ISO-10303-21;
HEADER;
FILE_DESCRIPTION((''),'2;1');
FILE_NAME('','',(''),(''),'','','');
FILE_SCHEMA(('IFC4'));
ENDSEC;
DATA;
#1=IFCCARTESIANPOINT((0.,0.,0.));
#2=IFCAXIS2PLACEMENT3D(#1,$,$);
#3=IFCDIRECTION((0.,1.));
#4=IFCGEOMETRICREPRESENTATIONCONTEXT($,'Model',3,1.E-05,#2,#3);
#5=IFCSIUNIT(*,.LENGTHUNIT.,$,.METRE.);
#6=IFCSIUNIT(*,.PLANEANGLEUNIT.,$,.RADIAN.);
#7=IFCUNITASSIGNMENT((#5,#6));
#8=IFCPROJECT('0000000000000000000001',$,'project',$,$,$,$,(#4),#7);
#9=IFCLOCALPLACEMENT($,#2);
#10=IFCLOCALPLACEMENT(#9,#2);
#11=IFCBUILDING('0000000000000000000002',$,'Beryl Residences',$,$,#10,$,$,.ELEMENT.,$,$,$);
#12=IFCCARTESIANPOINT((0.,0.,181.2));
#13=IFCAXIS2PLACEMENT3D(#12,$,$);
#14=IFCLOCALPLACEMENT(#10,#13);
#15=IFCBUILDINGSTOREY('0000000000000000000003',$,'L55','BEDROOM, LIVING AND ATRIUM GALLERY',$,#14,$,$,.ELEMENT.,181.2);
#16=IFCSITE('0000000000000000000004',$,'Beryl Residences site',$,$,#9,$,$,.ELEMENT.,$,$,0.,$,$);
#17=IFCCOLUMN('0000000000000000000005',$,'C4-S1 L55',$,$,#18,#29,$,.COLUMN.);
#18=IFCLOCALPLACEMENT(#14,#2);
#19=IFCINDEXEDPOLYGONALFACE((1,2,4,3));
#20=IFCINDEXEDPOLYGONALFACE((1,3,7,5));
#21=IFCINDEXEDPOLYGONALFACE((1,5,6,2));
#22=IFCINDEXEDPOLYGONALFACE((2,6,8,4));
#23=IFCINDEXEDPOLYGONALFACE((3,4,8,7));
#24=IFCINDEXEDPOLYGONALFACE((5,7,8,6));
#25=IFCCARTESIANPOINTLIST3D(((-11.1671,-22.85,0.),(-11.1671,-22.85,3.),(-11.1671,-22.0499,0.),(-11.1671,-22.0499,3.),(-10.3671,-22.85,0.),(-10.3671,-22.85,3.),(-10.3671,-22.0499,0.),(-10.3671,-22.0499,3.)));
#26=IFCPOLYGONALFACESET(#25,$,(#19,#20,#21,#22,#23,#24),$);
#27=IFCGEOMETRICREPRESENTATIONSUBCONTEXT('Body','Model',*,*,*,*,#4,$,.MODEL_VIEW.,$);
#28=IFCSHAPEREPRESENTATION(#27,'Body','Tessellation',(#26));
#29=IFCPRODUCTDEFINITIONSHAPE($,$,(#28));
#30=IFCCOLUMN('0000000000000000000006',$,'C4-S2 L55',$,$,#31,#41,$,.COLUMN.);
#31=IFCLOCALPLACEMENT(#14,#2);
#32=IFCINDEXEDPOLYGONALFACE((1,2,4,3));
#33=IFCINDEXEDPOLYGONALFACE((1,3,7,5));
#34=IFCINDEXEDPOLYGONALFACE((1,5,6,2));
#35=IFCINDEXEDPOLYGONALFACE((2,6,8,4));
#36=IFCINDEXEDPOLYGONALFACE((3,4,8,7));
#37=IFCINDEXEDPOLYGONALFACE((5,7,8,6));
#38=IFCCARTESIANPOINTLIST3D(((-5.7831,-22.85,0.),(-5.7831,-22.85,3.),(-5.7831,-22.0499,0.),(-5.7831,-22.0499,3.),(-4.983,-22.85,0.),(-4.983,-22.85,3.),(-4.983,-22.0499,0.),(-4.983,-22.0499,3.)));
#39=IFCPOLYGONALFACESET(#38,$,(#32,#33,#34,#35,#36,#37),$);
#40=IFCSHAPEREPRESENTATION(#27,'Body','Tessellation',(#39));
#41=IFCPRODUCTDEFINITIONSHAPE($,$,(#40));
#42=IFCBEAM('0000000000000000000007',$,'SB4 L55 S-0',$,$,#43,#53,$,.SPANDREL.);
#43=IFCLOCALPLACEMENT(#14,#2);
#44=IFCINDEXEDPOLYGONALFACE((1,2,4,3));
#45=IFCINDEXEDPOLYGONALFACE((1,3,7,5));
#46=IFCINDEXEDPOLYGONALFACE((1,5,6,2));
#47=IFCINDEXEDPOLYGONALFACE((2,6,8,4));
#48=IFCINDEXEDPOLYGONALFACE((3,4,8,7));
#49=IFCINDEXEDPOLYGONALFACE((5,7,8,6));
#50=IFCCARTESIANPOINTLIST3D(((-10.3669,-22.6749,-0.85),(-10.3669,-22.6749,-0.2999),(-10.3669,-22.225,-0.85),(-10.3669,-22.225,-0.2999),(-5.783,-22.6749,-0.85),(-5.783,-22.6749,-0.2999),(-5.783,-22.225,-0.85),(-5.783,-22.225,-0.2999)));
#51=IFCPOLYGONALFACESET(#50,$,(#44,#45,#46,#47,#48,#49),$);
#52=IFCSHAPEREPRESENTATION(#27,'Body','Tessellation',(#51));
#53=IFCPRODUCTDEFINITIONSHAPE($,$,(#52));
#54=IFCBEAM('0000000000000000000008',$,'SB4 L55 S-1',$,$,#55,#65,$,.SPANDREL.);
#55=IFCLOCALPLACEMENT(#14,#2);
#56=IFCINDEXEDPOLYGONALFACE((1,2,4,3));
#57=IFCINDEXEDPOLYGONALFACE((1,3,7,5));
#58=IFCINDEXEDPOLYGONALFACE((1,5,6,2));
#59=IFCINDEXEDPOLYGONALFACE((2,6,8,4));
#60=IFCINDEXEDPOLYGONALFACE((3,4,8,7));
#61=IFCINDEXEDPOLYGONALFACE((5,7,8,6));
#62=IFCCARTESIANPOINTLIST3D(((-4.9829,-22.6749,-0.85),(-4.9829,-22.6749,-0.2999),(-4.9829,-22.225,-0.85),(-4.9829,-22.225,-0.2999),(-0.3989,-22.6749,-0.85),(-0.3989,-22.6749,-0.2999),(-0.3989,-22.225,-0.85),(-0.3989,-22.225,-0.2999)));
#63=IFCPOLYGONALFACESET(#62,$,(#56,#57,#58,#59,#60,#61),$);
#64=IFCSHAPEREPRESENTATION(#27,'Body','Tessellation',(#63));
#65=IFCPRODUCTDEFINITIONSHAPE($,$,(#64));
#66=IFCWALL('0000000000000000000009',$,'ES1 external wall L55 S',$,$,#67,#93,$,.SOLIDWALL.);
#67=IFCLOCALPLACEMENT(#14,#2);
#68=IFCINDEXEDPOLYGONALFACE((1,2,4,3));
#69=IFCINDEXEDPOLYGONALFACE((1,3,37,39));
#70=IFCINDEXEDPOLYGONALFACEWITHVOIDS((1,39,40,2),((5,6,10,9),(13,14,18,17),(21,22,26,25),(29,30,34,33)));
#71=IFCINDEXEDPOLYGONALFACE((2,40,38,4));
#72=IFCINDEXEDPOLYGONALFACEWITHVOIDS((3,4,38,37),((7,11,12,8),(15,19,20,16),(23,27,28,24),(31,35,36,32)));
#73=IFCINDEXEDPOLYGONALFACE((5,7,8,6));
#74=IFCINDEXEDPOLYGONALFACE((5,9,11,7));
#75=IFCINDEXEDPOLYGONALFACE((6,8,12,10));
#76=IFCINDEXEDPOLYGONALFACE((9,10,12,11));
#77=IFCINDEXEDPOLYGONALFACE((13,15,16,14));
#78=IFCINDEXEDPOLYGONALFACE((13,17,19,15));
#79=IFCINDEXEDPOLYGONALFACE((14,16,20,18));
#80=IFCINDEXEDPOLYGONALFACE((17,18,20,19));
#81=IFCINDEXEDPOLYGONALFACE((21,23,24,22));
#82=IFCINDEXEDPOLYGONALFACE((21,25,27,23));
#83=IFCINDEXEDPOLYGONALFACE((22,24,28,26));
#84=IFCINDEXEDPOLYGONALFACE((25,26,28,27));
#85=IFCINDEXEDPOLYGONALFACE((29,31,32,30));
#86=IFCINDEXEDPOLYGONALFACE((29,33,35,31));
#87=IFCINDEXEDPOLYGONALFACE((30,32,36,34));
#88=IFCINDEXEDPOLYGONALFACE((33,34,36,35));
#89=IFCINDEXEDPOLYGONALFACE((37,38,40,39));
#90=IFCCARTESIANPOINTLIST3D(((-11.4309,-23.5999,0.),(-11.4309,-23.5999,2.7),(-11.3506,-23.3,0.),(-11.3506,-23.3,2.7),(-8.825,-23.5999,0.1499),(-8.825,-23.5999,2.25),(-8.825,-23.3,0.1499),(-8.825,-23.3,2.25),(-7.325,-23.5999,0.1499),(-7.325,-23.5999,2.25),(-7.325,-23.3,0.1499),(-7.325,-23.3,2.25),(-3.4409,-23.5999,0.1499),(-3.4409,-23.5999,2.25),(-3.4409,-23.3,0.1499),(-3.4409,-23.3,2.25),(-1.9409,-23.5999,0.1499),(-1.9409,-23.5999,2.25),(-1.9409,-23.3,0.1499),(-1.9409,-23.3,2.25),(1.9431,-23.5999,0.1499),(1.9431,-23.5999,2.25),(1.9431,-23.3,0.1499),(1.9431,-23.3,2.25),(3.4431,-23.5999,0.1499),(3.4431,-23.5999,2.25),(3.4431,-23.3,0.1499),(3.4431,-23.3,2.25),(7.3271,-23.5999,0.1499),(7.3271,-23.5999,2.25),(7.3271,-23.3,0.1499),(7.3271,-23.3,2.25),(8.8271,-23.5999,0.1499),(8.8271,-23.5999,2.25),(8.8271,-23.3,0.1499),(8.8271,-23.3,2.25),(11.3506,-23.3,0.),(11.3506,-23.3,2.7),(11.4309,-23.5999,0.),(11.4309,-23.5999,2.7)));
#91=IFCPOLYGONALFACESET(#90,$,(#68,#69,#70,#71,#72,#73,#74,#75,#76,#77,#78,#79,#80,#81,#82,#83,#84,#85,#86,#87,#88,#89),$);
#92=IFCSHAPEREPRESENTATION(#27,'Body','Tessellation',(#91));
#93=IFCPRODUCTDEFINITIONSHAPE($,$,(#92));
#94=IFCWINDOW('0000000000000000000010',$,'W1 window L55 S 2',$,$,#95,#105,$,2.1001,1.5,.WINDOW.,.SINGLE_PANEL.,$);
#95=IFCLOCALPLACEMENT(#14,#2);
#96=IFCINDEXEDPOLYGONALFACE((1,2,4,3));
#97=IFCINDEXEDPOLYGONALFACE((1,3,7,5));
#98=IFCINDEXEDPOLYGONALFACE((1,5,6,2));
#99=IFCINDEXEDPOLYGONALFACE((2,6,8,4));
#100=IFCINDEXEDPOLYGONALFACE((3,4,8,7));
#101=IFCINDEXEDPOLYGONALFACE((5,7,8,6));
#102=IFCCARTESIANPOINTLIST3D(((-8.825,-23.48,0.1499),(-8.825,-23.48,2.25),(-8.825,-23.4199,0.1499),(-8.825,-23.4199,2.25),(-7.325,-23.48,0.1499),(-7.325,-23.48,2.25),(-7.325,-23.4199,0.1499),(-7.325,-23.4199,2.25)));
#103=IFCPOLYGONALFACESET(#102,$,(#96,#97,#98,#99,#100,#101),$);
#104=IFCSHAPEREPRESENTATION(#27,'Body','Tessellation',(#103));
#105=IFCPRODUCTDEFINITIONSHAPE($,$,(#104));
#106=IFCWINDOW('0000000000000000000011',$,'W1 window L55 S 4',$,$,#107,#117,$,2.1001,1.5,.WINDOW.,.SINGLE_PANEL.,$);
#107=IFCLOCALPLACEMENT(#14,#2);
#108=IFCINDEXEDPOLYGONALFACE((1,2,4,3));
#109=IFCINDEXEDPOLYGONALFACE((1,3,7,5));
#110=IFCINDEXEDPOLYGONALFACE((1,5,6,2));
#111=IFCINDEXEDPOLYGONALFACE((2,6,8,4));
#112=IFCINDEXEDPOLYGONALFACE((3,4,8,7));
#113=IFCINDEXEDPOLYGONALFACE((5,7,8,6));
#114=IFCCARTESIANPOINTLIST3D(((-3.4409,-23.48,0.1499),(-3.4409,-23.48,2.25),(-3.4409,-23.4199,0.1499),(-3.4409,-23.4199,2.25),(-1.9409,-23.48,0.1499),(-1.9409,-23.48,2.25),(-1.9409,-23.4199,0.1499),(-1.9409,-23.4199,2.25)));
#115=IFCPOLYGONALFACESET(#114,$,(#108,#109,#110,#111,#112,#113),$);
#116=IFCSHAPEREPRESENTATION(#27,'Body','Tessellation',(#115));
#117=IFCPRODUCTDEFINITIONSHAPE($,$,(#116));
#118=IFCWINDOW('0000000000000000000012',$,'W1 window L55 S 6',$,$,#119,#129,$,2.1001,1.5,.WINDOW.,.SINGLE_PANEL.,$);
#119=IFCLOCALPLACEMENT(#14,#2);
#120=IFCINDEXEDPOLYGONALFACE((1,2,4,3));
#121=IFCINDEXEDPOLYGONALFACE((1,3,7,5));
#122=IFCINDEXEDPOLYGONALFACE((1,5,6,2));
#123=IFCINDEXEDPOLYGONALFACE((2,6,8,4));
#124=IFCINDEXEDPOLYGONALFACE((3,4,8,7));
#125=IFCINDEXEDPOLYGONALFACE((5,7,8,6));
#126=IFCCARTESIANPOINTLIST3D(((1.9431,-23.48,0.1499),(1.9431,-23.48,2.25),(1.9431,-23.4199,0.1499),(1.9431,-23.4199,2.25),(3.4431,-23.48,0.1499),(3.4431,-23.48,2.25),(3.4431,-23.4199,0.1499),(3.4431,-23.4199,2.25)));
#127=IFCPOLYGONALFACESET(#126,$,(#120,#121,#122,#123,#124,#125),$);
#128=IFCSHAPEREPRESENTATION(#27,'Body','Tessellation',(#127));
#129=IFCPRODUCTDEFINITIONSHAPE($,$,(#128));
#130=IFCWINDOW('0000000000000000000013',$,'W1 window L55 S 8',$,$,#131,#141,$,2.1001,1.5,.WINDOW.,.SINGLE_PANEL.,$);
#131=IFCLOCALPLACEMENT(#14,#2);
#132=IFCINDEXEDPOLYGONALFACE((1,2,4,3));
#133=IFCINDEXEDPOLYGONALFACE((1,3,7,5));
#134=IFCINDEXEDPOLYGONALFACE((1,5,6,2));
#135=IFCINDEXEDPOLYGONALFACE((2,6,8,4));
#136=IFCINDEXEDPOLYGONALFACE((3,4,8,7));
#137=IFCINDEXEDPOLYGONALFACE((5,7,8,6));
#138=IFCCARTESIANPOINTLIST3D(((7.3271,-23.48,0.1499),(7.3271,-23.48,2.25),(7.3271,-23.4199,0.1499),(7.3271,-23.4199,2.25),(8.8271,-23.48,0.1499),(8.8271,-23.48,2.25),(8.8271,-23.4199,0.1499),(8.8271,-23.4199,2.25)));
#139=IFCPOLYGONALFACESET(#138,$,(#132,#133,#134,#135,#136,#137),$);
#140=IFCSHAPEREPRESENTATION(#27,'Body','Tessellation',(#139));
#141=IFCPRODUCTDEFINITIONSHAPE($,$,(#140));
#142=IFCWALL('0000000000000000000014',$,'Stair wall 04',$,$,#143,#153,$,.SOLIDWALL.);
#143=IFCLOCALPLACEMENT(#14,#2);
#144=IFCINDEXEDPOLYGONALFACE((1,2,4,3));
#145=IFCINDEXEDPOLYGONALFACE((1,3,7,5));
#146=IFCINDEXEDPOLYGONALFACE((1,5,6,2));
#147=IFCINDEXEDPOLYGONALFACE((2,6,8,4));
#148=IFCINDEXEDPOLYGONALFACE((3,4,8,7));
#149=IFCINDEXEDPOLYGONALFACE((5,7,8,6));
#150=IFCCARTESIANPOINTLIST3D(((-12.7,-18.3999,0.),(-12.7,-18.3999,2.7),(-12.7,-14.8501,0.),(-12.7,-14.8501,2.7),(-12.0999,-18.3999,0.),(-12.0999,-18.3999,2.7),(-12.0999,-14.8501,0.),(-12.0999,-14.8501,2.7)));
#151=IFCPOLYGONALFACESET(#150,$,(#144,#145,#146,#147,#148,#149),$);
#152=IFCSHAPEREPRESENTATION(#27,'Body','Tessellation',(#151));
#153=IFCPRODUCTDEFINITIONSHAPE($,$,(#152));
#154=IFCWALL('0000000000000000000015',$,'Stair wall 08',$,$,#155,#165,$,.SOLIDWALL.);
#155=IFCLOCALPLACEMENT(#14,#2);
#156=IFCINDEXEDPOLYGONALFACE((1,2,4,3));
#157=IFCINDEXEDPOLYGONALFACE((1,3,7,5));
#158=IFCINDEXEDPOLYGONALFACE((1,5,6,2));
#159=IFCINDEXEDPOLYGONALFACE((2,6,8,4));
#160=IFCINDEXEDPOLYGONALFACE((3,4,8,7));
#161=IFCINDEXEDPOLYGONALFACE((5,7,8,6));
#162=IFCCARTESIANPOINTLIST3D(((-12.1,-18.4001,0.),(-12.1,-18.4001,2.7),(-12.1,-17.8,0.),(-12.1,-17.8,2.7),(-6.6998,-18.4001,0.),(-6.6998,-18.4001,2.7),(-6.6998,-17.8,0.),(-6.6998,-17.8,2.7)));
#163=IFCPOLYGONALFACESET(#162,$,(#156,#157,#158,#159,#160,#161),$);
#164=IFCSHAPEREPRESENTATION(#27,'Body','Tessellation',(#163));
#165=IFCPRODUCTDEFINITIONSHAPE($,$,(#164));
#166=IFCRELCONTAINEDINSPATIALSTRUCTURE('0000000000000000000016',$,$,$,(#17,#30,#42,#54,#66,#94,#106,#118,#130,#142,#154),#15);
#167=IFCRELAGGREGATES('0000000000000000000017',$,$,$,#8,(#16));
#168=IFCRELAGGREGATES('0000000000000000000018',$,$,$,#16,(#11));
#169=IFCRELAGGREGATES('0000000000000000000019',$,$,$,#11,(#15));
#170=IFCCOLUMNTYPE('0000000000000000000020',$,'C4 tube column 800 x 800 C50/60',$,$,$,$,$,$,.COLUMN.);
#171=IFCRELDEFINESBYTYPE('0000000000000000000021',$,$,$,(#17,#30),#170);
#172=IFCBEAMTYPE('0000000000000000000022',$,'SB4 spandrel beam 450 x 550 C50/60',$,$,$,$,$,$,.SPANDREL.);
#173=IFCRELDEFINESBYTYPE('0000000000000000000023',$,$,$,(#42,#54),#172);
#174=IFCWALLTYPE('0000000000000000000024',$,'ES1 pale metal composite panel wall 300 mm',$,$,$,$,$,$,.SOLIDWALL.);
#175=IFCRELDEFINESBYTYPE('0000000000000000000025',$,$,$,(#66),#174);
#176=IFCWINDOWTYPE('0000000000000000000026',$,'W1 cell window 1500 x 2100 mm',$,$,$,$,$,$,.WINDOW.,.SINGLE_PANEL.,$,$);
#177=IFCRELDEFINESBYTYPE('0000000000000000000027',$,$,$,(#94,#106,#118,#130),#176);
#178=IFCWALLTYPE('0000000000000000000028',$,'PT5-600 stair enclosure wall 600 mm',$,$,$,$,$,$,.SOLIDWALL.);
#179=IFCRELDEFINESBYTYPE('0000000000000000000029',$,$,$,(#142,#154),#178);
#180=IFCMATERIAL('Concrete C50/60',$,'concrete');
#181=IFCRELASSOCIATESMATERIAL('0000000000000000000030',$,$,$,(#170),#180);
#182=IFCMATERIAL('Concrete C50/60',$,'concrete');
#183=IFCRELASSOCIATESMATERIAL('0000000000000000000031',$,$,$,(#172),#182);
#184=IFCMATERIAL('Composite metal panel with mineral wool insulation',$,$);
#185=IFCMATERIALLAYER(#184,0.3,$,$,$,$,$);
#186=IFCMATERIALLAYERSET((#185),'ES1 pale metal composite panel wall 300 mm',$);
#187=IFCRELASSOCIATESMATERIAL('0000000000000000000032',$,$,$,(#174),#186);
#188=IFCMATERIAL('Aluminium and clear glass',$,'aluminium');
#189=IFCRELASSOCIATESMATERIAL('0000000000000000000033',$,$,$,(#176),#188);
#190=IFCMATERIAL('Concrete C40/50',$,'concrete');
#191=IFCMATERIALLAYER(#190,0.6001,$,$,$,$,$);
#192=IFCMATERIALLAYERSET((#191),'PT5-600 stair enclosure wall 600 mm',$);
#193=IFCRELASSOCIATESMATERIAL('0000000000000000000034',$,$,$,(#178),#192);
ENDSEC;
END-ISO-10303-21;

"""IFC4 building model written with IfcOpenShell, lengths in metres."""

from ifc_helpers import new_model, si_unit, direction, frame, frame_2d, origin, origin_2d, place, context, subcontext, project, spatial, polyline, rectangle, outline, extrude, material, layer, layer_set, material_profile, profile_set, type_object, element, fill, save


model = new_model("IFC4")

# Units and contexts
model_context = context("Model", 3, precision=1e-05, world=origin(), true_north=direction((0.0, 1.0)))
body_context = subcontext(model_context, "Body", "Model", "MODEL_VIEW")
ifc_project = project(units=[si_unit("LENGTHUNIT", "METRE"), si_unit("PLANEANGLEUNIT", "RADIAN")], contexts=[model_context])

# Site, building, storey
site_placement = place(None, origin())
site = spatial("IfcSite", under=ifc_project, at=site_placement, Name="Beryl Residences site", CompositionType="ELEMENT", RefElevation=0.0)
building_placement = place(site_placement, origin())
building = spatial("IfcBuilding", under=site, at=building_placement, Name="Beryl Residences", CompositionType="ELEMENT")
storey_placement = place(building_placement, frame((0.0, 0.0, 181.2)))
storey = spatial("IfcBuildingStorey", under=building, at=storey_placement, Name="L55", Description="BEDROOM, LIVING AND ATRIUM GALLERY", CompositionType="ELEMENT", Elevation=181.2)

# Columns
ifc_material_1 = material(Name="Concrete C50/60", Category="concrete")
ifc_material_profile_1 = material_profile(ifc_material_1, rectangle(XDim=0.8, YDim=0.8, at=origin_2d()))
ifc_profile_set_1 = profile_set([ifc_material_profile_1], Name="Concrete C50/60")
column_type = type_object("IfcColumnType", Name="C4 tube column 800 x 800 C50/60", PredefinedType="COLUMN", material=ifc_profile_set_1)
for number, where, z_axis, x_axis, name in (
    (1, (-10.7671, -22.45, 0.0), (0.0, 0.0, 1.0), (1.0, 0.0, 0.0), "C4-S1 L55"),
    (2, (-5.3831, -22.45, 0.0), (0.0, 0.0, 1.0), (1.0, 0.0, 0.0), "C4-S2 L55"),
):
    element("IfcColumn", number, at=place(storey_placement, frame(where, z_axis=z_axis, x_axis=x_axis)), inside=storey, type_object=column_type, Name=name, PredefinedType="COLUMN", context=body_context, shape_type="SweptSolid", body=[
        extrude(rectangle(XDim=0.8, YDim=0.8, at=origin_2d()), origin(), (0.0, 0.0, 1.0), 3.0),
    ])

# Beams
ifc_material_2 = material(Name="Concrete C50/60", Category="concrete")
ifc_material_profile_2 = material_profile(ifc_material_2, rectangle(XDim=0.45, YDim=0.55, at=origin_2d()))
ifc_profile_set_2 = profile_set([ifc_material_profile_2], Name="Concrete C50/60")
beam_type = type_object("IfcBeamType", Name="SB4 spandrel beam 450 x 550 C50/60", PredefinedType="SPANDREL", material=ifc_profile_set_2)
for number, where, z_axis, x_axis, name in (
    (3, (-10.3669, -22.45, -0.575), (1.0, 0.0, 0.0), (0.0, 1.0, 0.0), "SB4 L55 S-0"),
    (4, (-4.9829, -22.45, -0.575), (1.0, 0.0, 0.0), (0.0, 1.0, 0.0), "SB4 L55 S-1"),
):
    element("IfcBeam", number, at=place(storey_placement, frame(where, z_axis=z_axis, x_axis=x_axis)), inside=storey, type_object=beam_type, Name=name, PredefinedType="SPANDREL", context=body_context, shape_type="SweptSolid", body=[
        extrude(rectangle(XDim=0.45, YDim=0.55, at=origin_2d()), origin(), (0.0, 0.0, 1.0), 4.584),
    ])

# Wall, openings, windows
ifc_material_3 = material(Name="Composite metal panel with mineral wool insulation")
ifc_layer_1 = layer(ifc_material_3, 0.3)
ifc_layer_set_1 = layer_set([ifc_layer_1], Name="ES1 pale metal composite panel wall 300 mm")
wall_type_1 = type_object("IfcWallType", Name="ES1 pale metal composite panel wall 300 mm", PredefinedType="SOLIDWALL", material=ifc_layer_set_1)
wall_1_placement = place(storey_placement, frame((-11.4309, -23.45, 0.0), z_axis=(0.0, 0.0, 1.0), x_axis=(1.0, 0.0, 0.0)))
wall_1 = element("IfcWall", 5, at=wall_1_placement, inside=storey, type_object=wall_type_1, Name="ES1 external wall L55 S", PredefinedType="SOLIDWALL", context=body_context, shape_type="SweptSolid", body=[
    extrude(outline(polyline([(0.0, -0.1499), (22.8618, -0.1499), (22.7815, 0.1499), (0.0803, 0.1499), (0.0, -0.1499)])), origin(), (0.0, 0.0, 1.0), 2.7),
])
opening_1_placement = place(wall_1_placement, frame((2.606, 0.0, 0.1499)))
opening_1 = element("IfcOpeningElement", 6, at=opening_1_placement, cuts=wall_1, PredefinedType="OPENING", context=body_context, shape_type="SweptSolid", body=[
    extrude(rectangle(XDim=1.5, YDim=2.1001, at=frame_2d((0.75, 1.05))), frame((0.0, 0.1599, 0.0), z_axis=(0.0, -1.0, 0.0), x_axis=(1.0, 0.0, 0.0)), (0.0, 0.0, 1.0), 0.3201),
])
opening_2_placement = place(wall_1_placement, frame((7.99, 0.0, 0.1499)))
opening_2 = element("IfcOpeningElement", 7, at=opening_2_placement, cuts=wall_1, PredefinedType="OPENING", context=body_context, shape_type="SweptSolid", body=[
    extrude(rectangle(XDim=1.5, YDim=2.1001, at=frame_2d((0.75, 1.05))), frame((0.0, 0.1599, 0.0), z_axis=(0.0, -1.0, 0.0), x_axis=(1.0, 0.0, 0.0)), (0.0, 0.0, 1.0), 0.3201),
])
opening_3_placement = place(wall_1_placement, frame((13.374, 0.0, 0.1499)))
opening_3 = element("IfcOpeningElement", 8, at=opening_3_placement, cuts=wall_1, PredefinedType="OPENING", context=body_context, shape_type="SweptSolid", body=[
    extrude(rectangle(XDim=1.5, YDim=2.1001, at=frame_2d((0.75, 1.05))), frame((0.0, 0.1599, 0.0), z_axis=(0.0, -1.0, 0.0), x_axis=(1.0, 0.0, 0.0)), (0.0, 0.0, 1.0), 0.3201),
])
opening_4_placement = place(wall_1_placement, frame((18.7581, 0.0, 0.1499)))
opening_4 = element("IfcOpeningElement", 9, at=opening_4_placement, cuts=wall_1, PredefinedType="OPENING", context=body_context, shape_type="SweptSolid", body=[
    extrude(rectangle(XDim=1.5, YDim=2.1001, at=frame_2d((0.75, 1.05))), frame((0.0, 0.1599, 0.0), z_axis=(0.0, -1.0, 0.0), x_axis=(1.0, 0.0, 0.0)), (0.0, 0.0, 1.0), 0.3201),
])
ifc_material_4 = material(Name="Aluminium and clear glass", Category="aluminium")
window_type = type_object("IfcWindowType", Name="W1 cell window 1500 x 2100 mm", PartitioningType="SINGLE_PANEL", PredefinedType="WINDOW", material=ifc_material_4)
window_1_placement = place(opening_1_placement, origin())
window_1 = element("IfcWindow", 10, at=window_1_placement, inside=storey, type_object=window_type, Name="W1 window L55 S 2", OverallHeight=2.1001, OverallWidth=1.5, PartitioningType="SINGLE_PANEL", PredefinedType="WINDOW", context=body_context, shape_type="SweptSolid", body=[
    extrude(rectangle(XDim=1.5, YDim=2.1001, at=frame_2d((0.75, 1.05))), frame((0.0, 0.03, 0.0), z_axis=(0.0, -1.0, 0.0), x_axis=(1.0, 0.0, 0.0)), (0.0, 0.0, 1.0), 0.0601),
])
fill(opening_1, window_1)
window_2_placement = place(opening_2_placement, origin())
window_2 = element("IfcWindow", 11, at=window_2_placement, inside=storey, type_object=window_type, Name="W1 window L55 S 4", OverallHeight=2.1001, OverallWidth=1.5, PartitioningType="SINGLE_PANEL", PredefinedType="WINDOW", context=body_context, shape_type="SweptSolid", body=[
    extrude(rectangle(XDim=1.5, YDim=2.1001, at=frame_2d((0.75, 1.05))), frame((0.0, 0.03, 0.0), z_axis=(0.0, -1.0, 0.0), x_axis=(1.0, 0.0, 0.0)), (0.0, 0.0, 1.0), 0.0601),
])
fill(opening_2, window_2)
window_3_placement = place(opening_3_placement, origin())
window_3 = element("IfcWindow", 12, at=window_3_placement, inside=storey, type_object=window_type, Name="W1 window L55 S 6", OverallHeight=2.1001, OverallWidth=1.5, PartitioningType="SINGLE_PANEL", PredefinedType="WINDOW", context=body_context, shape_type="SweptSolid", body=[
    extrude(rectangle(XDim=1.5, YDim=2.1001, at=frame_2d((0.75, 1.05))), frame((0.0, 0.03, 0.0), z_axis=(0.0, -1.0, 0.0), x_axis=(1.0, 0.0, 0.0)), (0.0, 0.0, 1.0), 0.0601),
])
fill(opening_3, window_3)
window_4_placement = place(opening_4_placement, origin())
window_4 = element("IfcWindow", 13, at=window_4_placement, inside=storey, type_object=window_type, Name="W1 window L55 S 8", OverallHeight=2.1001, OverallWidth=1.5, PartitioningType="SINGLE_PANEL", PredefinedType="WINDOW", context=body_context, shape_type="SweptSolid", body=[
    extrude(rectangle(XDim=1.5, YDim=2.1001, at=frame_2d((0.75, 1.05))), frame((0.0, 0.03, 0.0), z_axis=(0.0, -1.0, 0.0), x_axis=(1.0, 0.0, 0.0)), (0.0, 0.0, 1.0), 0.0601),
])
fill(opening_4, window_4)

# Walls
ifc_material_5 = material(Name="Concrete C40/50", Category="concrete")
ifc_layer_2 = layer(ifc_material_5, 0.6001)
ifc_layer_set_2 = layer_set([ifc_layer_2], Name="PT5-600 stair enclosure wall 600 mm")
wall_type_2 = type_object("IfcWallType", Name="PT5-600 stair enclosure wall 600 mm", PredefinedType="SOLIDWALL", material=ifc_layer_set_2)
wall_2_placement = place(storey_placement, frame((-12.3999, -18.3999, 0.0), z_axis=(0.0, 0.0, 1.0), x_axis=(0.0, 1.0, 0.0)))
element("IfcWall", 14, at=wall_2_placement, inside=storey, type_object=wall_type_2, Name="Stair wall 04", PredefinedType="SOLIDWALL", context=body_context, shape_type="SweptSolid", body=[
    extrude(rectangle(XDim=3.5498, YDim=0.6001, at=frame_2d((1.7749, 0.0))), origin(), (0.0, 0.0, 1.0), 2.7),
])
wall_3_placement = place(storey_placement, frame((-12.1001, -18.1001, 0.0), z_axis=(0.0, 0.0, 1.0), x_axis=(1.0, 0.0, 0.0)))
element("IfcWall", 15, at=wall_3_placement, inside=storey, type_object=wall_type_2, Name="Stair wall 08", PredefinedType="SOLIDWALL", context=body_context, shape_type="SweptSolid", body=[
    extrude(rectangle(XDim=5.4001, YDim=0.6001, at=frame_2d((2.7002, 0.0))), origin(), (0.0, 0.0, 1.0), 2.7),
])

save(model, "model.ifc")
